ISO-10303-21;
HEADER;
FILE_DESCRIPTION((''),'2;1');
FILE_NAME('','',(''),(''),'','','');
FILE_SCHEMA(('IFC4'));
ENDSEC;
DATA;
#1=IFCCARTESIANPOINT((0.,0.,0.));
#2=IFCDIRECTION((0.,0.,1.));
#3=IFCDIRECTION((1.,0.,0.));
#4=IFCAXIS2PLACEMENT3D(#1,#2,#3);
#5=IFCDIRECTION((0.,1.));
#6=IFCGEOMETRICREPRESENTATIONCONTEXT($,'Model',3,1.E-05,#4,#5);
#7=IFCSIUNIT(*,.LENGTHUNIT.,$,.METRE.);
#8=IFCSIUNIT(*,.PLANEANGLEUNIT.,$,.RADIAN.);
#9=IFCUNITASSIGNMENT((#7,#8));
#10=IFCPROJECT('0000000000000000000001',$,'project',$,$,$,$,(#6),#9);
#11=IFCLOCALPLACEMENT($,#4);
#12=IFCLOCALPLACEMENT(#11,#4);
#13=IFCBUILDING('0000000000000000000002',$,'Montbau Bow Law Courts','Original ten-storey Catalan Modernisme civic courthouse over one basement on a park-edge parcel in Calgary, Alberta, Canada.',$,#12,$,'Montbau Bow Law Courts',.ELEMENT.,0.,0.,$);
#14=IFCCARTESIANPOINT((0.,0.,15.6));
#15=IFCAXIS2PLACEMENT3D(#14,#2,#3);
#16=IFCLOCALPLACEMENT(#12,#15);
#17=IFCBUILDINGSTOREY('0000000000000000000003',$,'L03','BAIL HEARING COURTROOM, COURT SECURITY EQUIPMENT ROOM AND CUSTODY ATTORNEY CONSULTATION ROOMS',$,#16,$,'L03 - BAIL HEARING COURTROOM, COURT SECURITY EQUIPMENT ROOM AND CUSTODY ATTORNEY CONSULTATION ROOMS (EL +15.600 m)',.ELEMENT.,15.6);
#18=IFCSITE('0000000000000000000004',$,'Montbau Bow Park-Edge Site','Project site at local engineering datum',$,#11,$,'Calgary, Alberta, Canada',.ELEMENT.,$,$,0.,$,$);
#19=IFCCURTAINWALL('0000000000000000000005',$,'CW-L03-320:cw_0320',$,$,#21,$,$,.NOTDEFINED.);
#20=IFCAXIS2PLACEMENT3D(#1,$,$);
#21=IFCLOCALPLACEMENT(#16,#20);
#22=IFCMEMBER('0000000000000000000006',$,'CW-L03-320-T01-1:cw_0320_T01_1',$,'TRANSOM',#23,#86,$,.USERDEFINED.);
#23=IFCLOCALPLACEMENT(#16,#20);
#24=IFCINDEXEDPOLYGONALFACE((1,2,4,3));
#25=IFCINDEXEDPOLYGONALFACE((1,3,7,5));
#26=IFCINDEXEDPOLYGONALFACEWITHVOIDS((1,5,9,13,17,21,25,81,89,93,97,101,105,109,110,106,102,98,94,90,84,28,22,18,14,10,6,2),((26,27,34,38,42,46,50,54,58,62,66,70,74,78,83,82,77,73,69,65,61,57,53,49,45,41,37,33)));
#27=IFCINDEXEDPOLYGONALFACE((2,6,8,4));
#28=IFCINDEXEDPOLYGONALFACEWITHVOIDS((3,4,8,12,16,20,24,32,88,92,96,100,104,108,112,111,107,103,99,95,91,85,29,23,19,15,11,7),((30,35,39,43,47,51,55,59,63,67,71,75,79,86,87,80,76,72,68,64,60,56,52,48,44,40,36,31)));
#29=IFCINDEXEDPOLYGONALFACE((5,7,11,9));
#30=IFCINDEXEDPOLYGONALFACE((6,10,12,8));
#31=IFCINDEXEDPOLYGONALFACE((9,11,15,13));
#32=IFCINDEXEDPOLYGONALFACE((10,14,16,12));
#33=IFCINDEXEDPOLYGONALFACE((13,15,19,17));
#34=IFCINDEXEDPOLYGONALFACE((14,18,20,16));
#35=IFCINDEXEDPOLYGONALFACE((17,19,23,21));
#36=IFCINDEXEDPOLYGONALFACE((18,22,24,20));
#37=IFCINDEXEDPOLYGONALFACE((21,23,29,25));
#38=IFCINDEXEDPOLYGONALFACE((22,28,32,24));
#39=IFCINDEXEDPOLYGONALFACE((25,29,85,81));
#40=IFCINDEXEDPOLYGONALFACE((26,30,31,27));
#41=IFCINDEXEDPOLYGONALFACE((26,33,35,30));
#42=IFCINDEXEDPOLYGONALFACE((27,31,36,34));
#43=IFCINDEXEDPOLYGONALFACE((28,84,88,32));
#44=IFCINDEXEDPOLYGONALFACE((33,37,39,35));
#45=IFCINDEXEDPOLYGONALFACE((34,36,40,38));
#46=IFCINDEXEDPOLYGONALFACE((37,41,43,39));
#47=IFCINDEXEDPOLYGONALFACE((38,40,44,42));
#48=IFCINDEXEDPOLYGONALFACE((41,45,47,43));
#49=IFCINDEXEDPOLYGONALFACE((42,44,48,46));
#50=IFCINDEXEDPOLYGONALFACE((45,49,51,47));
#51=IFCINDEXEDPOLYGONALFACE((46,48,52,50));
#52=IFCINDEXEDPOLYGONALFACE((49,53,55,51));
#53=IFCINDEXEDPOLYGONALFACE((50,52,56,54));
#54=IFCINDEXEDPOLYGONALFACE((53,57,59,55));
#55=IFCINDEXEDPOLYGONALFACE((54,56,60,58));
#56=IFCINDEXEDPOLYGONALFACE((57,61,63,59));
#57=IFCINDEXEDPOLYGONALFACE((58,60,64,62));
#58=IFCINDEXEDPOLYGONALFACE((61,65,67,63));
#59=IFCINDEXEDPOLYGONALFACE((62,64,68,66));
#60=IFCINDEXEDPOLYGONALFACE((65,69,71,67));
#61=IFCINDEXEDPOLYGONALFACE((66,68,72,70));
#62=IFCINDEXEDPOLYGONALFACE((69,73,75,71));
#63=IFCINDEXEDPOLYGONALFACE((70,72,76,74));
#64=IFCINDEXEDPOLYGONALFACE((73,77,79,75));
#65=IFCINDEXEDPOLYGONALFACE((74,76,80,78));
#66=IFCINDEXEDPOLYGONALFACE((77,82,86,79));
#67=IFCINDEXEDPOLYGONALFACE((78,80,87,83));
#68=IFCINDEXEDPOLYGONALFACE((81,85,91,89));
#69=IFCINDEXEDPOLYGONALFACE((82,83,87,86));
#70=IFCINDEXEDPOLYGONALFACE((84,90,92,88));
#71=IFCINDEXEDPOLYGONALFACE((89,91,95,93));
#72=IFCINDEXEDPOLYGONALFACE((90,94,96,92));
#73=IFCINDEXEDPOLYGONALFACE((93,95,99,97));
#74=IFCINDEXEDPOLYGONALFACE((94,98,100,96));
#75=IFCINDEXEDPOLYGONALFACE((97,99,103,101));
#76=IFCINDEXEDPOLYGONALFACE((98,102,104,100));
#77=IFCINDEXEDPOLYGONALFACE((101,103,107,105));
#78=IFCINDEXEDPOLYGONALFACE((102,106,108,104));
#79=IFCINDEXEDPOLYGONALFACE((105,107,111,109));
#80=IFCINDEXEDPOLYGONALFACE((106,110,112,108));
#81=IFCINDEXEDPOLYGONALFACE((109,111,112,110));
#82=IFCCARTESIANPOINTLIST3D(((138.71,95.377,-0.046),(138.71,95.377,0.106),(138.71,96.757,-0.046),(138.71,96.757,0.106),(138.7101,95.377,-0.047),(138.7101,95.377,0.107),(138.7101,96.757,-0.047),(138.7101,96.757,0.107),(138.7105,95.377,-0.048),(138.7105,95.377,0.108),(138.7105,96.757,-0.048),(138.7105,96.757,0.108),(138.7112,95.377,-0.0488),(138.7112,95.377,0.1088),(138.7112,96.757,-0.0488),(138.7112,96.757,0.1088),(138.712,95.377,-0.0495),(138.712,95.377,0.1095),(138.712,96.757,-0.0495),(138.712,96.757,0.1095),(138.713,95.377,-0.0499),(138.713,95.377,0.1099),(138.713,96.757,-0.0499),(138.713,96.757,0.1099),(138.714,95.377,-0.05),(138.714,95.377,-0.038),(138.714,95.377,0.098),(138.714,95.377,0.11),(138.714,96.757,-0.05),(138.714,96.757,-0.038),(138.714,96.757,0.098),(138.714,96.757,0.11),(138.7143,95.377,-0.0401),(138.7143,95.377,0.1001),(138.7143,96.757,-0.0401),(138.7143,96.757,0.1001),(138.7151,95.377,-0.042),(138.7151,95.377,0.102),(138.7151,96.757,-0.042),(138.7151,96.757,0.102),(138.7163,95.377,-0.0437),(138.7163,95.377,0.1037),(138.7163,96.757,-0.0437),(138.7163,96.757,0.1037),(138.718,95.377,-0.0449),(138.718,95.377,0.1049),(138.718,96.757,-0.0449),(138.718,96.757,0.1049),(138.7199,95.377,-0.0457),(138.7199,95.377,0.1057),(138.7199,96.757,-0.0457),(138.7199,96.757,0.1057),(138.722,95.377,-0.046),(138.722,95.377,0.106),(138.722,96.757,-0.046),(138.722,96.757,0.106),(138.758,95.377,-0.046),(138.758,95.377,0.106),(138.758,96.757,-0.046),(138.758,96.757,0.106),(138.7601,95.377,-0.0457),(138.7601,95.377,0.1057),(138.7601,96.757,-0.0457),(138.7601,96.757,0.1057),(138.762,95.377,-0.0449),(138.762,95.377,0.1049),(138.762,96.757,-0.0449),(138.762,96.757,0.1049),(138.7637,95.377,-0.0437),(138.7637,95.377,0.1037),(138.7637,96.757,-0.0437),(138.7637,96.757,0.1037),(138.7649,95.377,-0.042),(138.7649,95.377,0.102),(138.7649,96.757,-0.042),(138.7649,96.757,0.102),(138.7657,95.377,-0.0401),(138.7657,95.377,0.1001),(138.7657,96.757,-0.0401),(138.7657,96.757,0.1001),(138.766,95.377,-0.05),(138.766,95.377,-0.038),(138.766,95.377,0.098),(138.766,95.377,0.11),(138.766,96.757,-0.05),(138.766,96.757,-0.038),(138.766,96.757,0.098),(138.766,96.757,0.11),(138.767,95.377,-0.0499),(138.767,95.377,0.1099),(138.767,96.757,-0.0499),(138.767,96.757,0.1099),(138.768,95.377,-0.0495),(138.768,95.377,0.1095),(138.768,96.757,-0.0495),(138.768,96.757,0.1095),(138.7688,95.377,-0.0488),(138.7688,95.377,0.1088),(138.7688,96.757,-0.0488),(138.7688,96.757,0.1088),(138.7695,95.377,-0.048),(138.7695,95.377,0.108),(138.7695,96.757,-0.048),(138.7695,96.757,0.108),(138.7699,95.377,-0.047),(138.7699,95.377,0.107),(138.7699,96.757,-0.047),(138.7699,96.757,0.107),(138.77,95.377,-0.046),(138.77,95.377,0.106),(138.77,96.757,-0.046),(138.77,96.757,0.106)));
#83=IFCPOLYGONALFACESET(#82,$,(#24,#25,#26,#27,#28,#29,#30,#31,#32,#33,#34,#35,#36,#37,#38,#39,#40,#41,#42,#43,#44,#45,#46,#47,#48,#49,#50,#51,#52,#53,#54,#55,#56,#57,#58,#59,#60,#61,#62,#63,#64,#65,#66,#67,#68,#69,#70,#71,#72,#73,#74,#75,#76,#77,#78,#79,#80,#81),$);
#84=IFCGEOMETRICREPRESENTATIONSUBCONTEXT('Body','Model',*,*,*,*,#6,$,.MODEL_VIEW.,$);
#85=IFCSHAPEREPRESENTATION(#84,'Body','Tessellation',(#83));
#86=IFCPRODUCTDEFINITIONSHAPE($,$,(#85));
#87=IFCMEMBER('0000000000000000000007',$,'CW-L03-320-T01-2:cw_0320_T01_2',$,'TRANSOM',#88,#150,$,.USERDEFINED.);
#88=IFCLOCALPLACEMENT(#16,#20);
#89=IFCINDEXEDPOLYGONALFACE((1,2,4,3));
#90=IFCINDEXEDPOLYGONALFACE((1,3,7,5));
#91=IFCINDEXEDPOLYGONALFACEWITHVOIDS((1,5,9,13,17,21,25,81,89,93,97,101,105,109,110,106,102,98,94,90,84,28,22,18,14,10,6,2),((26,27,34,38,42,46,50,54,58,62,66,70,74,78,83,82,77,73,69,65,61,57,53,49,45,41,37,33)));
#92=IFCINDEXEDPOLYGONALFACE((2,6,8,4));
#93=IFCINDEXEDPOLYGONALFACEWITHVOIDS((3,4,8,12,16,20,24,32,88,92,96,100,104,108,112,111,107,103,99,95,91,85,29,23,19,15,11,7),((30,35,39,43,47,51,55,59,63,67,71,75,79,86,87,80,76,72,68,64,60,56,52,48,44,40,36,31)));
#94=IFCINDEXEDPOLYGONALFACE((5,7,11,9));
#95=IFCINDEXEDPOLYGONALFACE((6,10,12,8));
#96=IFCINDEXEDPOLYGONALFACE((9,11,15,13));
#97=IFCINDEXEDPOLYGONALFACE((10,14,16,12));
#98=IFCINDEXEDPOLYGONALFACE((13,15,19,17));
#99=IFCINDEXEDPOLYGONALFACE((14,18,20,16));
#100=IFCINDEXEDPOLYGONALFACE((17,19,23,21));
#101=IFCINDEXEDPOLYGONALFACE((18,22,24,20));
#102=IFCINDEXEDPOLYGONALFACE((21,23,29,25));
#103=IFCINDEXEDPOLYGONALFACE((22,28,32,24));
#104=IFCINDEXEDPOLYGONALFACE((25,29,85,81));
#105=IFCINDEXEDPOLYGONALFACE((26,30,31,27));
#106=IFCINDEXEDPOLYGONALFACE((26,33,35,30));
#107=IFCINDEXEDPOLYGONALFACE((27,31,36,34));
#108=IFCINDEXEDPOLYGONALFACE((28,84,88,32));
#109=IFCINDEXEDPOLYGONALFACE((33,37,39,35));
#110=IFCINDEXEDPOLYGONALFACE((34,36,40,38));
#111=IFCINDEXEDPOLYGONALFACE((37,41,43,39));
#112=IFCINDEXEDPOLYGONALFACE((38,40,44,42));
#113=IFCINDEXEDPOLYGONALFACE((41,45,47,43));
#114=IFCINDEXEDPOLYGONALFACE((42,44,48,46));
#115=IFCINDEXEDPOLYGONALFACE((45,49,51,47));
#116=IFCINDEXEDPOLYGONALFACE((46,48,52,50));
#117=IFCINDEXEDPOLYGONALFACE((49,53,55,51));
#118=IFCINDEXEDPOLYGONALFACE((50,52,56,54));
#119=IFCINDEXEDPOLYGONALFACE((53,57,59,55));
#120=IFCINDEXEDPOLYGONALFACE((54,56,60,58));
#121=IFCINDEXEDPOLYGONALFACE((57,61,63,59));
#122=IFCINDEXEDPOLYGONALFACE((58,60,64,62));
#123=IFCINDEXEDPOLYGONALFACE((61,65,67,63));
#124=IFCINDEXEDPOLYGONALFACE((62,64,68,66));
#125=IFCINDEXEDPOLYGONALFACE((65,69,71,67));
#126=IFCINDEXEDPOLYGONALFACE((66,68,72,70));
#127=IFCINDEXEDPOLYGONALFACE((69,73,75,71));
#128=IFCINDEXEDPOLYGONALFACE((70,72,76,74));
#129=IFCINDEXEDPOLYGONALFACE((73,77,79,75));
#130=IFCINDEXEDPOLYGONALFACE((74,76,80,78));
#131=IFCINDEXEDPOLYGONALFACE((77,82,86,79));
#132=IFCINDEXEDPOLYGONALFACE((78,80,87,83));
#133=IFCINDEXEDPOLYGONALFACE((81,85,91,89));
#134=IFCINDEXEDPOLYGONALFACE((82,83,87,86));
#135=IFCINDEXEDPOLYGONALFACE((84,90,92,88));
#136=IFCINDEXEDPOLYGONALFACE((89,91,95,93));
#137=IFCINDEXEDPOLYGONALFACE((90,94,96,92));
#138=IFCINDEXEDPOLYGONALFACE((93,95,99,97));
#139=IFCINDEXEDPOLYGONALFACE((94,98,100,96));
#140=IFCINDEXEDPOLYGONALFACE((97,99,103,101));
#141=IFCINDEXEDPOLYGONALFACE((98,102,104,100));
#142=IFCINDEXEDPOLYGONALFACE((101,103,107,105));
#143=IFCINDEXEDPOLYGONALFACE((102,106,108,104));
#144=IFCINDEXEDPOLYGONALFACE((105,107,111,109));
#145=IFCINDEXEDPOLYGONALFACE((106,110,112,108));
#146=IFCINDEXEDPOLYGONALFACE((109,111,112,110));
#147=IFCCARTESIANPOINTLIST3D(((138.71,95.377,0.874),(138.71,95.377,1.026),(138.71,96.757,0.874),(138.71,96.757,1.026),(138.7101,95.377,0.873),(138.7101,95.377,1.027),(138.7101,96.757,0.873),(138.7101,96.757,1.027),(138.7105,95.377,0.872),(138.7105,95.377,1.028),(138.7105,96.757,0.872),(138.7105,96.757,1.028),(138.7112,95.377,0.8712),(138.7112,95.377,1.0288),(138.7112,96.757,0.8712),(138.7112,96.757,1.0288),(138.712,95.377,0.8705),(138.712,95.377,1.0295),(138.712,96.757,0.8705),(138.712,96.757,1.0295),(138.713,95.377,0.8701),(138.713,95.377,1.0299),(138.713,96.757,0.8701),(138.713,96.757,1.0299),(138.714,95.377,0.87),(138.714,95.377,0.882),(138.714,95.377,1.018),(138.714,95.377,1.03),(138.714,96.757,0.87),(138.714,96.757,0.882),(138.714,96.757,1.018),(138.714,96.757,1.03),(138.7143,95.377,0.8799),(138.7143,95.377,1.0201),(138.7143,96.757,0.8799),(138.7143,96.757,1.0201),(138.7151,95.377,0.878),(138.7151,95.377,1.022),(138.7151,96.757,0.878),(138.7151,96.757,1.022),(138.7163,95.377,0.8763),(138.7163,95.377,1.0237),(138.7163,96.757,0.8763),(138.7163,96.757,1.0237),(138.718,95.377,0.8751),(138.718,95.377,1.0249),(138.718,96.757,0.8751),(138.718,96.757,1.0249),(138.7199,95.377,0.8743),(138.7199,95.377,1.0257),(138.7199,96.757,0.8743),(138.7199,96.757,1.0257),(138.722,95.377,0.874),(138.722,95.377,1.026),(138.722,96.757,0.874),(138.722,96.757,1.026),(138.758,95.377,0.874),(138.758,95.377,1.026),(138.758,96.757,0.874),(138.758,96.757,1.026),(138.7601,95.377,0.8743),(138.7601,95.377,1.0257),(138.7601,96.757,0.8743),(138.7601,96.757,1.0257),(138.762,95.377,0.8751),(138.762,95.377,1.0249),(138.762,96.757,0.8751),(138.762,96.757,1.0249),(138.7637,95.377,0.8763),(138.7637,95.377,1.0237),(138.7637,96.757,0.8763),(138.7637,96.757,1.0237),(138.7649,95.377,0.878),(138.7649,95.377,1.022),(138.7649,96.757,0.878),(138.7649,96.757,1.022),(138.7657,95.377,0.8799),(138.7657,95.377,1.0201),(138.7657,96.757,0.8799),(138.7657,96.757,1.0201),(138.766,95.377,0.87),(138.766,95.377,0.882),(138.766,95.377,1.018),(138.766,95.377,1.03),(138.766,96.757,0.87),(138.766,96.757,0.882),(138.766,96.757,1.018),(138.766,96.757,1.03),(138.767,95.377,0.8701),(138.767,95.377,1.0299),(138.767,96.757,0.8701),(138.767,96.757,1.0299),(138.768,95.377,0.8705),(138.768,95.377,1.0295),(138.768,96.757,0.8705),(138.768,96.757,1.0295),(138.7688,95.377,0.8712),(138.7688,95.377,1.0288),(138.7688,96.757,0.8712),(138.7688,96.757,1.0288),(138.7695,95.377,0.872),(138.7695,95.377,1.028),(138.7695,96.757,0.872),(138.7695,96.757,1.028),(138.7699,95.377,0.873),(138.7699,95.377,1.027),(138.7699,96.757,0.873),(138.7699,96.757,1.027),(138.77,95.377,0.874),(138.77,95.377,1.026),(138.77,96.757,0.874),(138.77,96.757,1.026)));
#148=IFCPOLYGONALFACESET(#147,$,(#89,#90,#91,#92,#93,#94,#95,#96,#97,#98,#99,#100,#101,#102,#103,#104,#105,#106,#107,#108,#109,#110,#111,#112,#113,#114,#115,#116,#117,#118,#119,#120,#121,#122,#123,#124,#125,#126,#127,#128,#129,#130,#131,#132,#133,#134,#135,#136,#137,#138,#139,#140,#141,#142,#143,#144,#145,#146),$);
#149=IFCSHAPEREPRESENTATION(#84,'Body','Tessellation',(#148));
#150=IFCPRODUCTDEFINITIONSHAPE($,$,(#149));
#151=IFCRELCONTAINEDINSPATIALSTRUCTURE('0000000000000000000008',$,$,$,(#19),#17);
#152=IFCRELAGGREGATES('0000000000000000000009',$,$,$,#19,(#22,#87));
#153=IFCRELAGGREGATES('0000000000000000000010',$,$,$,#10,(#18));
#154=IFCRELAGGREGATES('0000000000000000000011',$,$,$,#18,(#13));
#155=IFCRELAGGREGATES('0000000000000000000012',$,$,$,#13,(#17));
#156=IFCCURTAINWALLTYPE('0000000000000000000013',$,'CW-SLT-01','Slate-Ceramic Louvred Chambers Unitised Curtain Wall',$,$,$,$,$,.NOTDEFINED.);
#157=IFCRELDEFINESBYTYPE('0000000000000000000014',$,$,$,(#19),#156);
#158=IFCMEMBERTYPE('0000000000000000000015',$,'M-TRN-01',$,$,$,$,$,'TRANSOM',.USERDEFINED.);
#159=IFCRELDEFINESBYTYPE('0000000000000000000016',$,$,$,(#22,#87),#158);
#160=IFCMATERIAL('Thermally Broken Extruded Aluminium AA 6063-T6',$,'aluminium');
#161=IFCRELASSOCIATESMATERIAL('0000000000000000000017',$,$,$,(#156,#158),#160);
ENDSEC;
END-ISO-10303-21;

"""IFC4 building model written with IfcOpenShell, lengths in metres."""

from ifc_helpers import new_model, si_unit, direction, frame, origin_with_axes, origin_2d_with_axis, place, context, subcontext, project, spatial, hollow_rectangle, extrude, material, material_profile, profile_set, type_object, element, aggregate, save


model = new_model("IFC4")

# Units and contexts
model_context = context("Model", 3, precision=1e-05, world=origin_with_axes(), true_north=direction((0.0, 1.0)))
body_context = subcontext(model_context, "Body", "Model", "MODEL_VIEW")
ifc_project = project(units=[si_unit("LENGTHUNIT", "METRE"), si_unit("PLANEANGLEUNIT", "RADIAN")], contexts=[model_context])

# Site, building, storey
site_placement = place(None, origin_with_axes())
site = spatial("IfcSite", under=ifc_project, at=site_placement, Name="Montbau Bow Park-Edge Site", Description="Project site at local engineering datum", LongName="Calgary, Alberta, Canada", CompositionType="ELEMENT", RefElevation=0.0)
building_placement = place(site_placement, origin_with_axes())
building = spatial("IfcBuilding", under=site, at=building_placement, Name="Montbau Bow Law Courts", Description="Original ten-storey Catalan Modernisme civic courthouse over one basement on a park-edge parcel in Calgary, Alberta, Canada.", LongName="Montbau Bow Law Courts", CompositionType="ELEMENT", ElevationOfRefHeight=0.0, ElevationOfTerrain=0.0)
storey_placement = place(building_placement, frame((0.0, 0.0, 15.6), z_axis=(0.0, 0.0, 1.0), x_axis=(1.0, 0.0, 0.0)))
storey = spatial("IfcBuildingStorey", under=building, at=storey_placement, Name="L03", Description="BAIL HEARING COURTROOM, COURT SECURITY EQUIPMENT ROOM AND CUSTODY ATTORNEY CONSULTATION ROOMS", LongName="L03 - BAIL HEARING COURTROOM, COURT SECURITY EQUIPMENT ROOM AND CUSTODY ATTORNEY CONSULTATION ROOMS (EL +15.600 m)", CompositionType="ELEMENT", Elevation=15.6)

# Shared definitions
ifc_material_1 = material(Name="Thermally Broken Extruded Aluminium AA 6063-T6", Category="aluminium")
curtain_wall_type = type_object("IfcCurtainWallType", Name="CW-SLT-01", Description="Slate-Ceramic Louvred Chambers Unitised Curtain Wall", PredefinedType="NOTDEFINED", material=ifc_material_1)

# Curtain wall, members
curtain_wall_1_placement = place(None, frame((138.74, 95.315, 15.6), z_axis=(0.0, 0.0, 1.0), x_axis=(1.0, 0.0, 0.0)))
curtain_wall_1 = element("IfcCurtainWall", 1, at=curtain_wall_1_placement, inside=storey, type_object=curtain_wall_type, Name="CW-L03-320:cw_0320", PredefinedType="NOTDEFINED")
ifc_material_profile_1 = material_profile(ifc_material_1, hollow_rectangle(XDim=0.06, YDim=0.16, WallThickness=0.004, InnerFilletRadius=0.008, OuterFilletRadius=0.004, at=origin_2d_with_axis()), Name="CWT-160X60", Category="Main", Priority=0)
ifc_profile_set_1 = profile_set([ifc_material_profile_1], Name="Thermally Broken Extruded Aluminium AA 6063-T6")
member_type_1 = type_object("IfcMemberType", Name="M-TRN-01", ElementType="TRANSOM", PredefinedType="USERDEFINED", material=ifc_profile_set_1)
member_1_placement = place(None, frame((138.74, 95.377, 15.63), z_axis=(0.0, 1.0, 0.0), x_axis=(-1.0, 0.0, 0.0)))
member_1 = element("IfcMember", 2, at=member_1_placement, type_object=member_type_1, Name="CW-L03-320-T01-1:cw_0320_T01_1", ObjectType="TRANSOM", PredefinedType="USERDEFINED", context=body_context, shape_type="SweptSolid", body=[
    extrude(hollow_rectangle(XDim=0.06, YDim=0.16, WallThickness=0.004, InnerFilletRadius=0.008, OuterFilletRadius=0.004, at=origin_2d_with_axis()), origin_with_axes(), (0.0, 0.0, 1.0), 1.38),
])
member_2_placement = place(None, frame((138.74, 95.377, 16.55), z_axis=(0.0, 1.0, 0.0), x_axis=(-1.0, 0.0, 0.0)))
member_2 = element("IfcMember", 3, at=member_2_placement, type_object=member_type_1, Name="CW-L03-320-T01-2:cw_0320_T01_2", ObjectType="TRANSOM", PredefinedType="USERDEFINED", context=body_context, shape_type="SweptSolid", body=[
    extrude(hollow_rectangle(XDim=0.06, YDim=0.16, WallThickness=0.004, InnerFilletRadius=0.008, OuterFilletRadius=0.004, at=origin_2d_with_axis()), origin_with_axes(), (0.0, 0.0, 1.0), 1.38),
])
aggregate(curtain_wall_1, [member_1, member_2])

save(model, "model.ifc")
